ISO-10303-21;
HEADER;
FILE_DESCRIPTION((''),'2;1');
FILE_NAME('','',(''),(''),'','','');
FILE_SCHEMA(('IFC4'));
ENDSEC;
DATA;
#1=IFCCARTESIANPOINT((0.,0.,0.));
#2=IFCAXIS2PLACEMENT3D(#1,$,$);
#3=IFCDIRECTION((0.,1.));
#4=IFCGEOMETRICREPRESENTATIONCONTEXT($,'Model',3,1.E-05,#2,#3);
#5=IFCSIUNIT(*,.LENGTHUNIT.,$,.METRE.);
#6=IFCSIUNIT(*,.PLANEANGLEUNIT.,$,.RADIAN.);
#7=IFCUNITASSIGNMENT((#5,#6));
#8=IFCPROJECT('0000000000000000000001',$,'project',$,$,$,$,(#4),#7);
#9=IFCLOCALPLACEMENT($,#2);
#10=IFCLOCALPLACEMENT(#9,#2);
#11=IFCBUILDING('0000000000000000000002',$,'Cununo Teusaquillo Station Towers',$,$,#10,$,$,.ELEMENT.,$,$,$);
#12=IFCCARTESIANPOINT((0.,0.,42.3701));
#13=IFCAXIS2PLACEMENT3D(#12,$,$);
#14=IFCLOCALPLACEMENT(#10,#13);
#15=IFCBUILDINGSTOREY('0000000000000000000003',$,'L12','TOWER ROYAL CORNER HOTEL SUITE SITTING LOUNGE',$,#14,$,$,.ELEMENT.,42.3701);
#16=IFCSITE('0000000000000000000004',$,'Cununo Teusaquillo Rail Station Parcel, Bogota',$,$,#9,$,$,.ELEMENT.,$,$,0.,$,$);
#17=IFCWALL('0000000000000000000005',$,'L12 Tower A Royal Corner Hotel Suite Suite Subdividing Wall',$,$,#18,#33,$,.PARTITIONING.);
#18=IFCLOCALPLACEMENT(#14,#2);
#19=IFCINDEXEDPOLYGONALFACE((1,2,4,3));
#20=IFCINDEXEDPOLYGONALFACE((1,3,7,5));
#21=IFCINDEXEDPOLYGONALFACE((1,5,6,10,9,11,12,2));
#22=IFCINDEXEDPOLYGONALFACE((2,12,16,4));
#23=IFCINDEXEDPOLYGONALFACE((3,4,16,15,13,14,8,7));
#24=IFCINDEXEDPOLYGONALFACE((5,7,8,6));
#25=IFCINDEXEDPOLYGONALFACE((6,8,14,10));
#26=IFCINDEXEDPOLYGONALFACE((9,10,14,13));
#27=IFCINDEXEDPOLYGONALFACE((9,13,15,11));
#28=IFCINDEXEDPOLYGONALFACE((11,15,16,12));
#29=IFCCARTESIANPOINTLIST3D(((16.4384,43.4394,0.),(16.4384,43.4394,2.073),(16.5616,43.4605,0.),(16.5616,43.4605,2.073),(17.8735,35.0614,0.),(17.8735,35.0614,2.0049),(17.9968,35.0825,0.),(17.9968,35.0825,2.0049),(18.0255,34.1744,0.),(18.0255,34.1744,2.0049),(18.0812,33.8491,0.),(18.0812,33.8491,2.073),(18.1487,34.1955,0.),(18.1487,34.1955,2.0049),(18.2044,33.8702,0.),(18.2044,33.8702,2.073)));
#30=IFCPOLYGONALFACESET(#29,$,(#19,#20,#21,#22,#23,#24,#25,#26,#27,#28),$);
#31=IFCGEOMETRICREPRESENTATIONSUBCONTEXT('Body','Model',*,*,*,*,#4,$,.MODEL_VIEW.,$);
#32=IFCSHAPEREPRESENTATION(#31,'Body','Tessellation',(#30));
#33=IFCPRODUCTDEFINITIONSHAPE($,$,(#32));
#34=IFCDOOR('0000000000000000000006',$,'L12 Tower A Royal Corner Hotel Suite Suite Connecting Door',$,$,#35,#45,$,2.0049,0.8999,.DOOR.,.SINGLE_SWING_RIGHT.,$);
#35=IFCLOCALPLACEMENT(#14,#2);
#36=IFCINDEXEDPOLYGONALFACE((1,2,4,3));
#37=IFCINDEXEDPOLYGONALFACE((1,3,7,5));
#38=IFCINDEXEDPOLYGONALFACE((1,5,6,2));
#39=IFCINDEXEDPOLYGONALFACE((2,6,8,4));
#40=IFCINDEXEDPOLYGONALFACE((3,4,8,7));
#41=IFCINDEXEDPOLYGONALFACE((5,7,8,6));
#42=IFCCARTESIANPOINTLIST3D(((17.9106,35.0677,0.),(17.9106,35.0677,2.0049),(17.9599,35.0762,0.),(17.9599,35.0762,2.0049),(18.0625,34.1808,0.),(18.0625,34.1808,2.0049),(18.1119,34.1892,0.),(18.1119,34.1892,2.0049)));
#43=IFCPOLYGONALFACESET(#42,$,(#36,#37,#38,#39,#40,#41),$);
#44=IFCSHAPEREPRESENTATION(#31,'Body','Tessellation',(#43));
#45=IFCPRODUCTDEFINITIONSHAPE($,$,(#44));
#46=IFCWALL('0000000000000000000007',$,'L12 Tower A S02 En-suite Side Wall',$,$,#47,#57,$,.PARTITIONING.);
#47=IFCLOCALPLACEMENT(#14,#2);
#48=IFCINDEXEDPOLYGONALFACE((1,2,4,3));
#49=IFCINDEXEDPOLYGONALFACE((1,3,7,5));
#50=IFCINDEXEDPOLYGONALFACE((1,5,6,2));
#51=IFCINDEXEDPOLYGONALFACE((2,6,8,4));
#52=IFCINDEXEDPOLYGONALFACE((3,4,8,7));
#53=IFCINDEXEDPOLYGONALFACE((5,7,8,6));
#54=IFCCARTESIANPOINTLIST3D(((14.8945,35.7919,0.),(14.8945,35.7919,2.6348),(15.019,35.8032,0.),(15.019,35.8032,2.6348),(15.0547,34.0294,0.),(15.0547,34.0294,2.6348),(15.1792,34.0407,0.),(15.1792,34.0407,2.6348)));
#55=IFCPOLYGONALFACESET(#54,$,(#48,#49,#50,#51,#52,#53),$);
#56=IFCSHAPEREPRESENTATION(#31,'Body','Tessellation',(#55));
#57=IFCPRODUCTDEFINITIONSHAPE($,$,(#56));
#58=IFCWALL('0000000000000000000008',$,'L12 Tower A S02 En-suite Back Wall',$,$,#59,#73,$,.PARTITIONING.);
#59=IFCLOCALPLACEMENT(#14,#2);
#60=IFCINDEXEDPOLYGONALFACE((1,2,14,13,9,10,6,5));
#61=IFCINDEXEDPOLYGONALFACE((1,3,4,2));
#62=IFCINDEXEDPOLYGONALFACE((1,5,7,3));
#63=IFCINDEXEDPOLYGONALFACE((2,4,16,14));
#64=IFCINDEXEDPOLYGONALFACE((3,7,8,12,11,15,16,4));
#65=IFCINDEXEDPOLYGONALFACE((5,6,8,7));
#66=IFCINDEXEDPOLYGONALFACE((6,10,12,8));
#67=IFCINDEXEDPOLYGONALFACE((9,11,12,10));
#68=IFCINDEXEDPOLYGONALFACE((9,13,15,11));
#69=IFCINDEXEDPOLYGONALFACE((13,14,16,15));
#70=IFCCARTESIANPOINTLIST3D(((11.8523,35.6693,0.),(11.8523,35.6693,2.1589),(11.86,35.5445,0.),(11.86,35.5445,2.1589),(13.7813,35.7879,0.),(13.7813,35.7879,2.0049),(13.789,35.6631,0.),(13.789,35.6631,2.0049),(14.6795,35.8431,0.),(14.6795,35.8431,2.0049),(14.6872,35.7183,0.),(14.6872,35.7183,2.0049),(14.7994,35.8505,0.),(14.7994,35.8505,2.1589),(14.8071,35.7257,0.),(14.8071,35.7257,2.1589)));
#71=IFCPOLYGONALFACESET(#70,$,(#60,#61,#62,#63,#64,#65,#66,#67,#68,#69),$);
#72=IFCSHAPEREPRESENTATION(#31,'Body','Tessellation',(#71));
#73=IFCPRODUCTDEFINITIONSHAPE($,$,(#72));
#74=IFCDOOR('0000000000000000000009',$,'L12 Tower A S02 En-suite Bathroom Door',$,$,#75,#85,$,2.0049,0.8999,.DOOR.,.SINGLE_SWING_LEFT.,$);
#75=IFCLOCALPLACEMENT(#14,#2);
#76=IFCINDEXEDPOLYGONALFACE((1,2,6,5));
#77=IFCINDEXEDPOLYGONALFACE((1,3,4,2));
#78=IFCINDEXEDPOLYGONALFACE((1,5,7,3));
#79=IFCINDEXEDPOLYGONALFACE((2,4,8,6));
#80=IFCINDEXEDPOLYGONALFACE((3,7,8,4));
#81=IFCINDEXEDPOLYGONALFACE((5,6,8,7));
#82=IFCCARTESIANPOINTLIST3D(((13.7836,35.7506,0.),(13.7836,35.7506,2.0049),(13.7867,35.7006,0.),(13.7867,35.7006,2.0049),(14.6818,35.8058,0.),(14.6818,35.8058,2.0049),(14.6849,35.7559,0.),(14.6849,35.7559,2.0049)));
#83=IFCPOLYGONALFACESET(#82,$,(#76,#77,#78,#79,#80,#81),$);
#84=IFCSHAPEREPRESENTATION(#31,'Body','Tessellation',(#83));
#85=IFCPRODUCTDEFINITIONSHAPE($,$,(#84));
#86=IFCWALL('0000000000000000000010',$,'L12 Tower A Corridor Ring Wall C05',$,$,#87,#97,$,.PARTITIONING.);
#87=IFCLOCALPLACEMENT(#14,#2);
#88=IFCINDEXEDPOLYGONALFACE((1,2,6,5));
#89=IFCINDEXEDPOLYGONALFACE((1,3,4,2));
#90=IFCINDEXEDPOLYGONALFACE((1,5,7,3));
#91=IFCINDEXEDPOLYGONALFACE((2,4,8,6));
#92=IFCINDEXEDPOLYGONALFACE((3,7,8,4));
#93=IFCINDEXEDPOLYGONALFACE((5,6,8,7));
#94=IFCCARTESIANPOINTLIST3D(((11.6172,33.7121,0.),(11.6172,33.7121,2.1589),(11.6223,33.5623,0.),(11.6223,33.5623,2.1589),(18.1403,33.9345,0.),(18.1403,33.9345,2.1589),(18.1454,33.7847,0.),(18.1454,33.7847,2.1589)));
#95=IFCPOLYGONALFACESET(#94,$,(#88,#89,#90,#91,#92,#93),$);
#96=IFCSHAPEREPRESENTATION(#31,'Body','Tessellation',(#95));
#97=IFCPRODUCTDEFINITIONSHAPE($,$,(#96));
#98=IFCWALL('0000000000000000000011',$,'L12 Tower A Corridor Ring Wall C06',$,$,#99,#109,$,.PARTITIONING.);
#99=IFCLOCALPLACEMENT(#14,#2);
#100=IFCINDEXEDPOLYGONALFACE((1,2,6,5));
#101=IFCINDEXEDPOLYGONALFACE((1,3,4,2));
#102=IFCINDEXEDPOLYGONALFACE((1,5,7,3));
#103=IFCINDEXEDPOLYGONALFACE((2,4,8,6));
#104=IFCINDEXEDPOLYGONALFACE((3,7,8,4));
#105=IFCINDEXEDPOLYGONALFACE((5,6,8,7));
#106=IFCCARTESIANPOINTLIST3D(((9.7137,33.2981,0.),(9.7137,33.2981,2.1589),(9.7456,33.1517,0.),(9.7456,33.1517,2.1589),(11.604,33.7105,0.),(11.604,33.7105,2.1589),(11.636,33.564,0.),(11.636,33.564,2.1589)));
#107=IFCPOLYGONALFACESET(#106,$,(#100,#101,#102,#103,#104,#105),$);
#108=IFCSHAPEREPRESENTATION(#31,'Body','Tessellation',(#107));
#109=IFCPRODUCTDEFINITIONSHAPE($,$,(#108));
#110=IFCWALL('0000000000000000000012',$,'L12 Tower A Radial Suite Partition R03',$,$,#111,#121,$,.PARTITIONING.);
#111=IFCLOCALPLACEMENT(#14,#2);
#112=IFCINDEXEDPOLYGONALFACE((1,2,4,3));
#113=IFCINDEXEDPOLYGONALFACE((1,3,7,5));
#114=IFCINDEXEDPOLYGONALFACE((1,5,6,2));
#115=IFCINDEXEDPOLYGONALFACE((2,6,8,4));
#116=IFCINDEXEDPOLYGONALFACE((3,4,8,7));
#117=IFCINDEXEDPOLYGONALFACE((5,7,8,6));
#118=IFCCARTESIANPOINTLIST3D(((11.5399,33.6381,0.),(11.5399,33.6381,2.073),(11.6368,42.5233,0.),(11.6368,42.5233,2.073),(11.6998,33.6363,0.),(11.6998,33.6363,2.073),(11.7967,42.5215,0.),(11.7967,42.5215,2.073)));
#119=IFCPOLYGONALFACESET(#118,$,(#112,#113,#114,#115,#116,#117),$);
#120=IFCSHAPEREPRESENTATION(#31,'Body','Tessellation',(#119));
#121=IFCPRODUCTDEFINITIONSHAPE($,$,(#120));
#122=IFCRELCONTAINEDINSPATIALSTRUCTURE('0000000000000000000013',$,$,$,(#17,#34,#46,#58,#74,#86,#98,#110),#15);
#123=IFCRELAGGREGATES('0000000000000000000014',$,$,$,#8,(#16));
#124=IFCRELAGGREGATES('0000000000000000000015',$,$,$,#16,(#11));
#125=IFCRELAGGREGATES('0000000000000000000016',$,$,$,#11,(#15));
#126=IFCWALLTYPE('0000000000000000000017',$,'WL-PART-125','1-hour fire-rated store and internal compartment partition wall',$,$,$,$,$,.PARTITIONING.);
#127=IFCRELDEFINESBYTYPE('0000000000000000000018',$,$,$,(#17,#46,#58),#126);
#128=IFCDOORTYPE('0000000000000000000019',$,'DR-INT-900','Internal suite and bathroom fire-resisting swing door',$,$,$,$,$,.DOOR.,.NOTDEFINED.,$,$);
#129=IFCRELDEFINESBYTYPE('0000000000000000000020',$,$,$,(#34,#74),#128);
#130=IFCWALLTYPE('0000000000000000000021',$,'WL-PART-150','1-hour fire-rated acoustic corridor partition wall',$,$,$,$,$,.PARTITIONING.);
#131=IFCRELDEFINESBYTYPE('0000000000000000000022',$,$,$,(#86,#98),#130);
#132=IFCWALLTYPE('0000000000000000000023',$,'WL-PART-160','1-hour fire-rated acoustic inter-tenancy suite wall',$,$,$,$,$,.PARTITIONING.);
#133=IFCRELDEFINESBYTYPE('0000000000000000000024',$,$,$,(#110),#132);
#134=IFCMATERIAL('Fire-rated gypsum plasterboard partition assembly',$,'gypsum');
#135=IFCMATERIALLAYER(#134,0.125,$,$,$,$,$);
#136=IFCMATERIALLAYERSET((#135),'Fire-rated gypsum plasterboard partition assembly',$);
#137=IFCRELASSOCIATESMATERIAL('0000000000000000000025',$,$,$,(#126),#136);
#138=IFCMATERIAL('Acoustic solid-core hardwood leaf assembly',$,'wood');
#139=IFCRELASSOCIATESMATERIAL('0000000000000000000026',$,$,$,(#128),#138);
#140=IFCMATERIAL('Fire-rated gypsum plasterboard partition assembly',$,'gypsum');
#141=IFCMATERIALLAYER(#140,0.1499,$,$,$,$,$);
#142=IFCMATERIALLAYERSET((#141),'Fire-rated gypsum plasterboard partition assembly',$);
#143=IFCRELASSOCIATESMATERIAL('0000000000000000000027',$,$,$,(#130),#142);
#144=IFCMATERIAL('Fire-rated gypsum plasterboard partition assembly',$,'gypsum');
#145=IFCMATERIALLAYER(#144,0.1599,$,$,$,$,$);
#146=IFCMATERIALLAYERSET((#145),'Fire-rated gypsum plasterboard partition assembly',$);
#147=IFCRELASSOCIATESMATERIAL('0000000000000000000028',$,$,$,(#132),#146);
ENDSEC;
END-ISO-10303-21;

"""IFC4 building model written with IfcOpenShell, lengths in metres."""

from ifc_helpers import new_model, si_unit, direction, frame, frame_2d, origin, place, context, subcontext, project, spatial, rectangle, extrude, source, transform, mapped, material, layer, layer_set, type_object, element, fill, save


model = new_model("IFC4")

# Units and contexts
model_context = context("Model", 3, precision=1e-05, world=origin(), true_north=direction((0.0, 1.0)))
body_context = subcontext(model_context, "Body", "Model", "MODEL_VIEW")
ifc_project = project(units=[si_unit("LENGTHUNIT", "METRE"), si_unit("PLANEANGLEUNIT", "RADIAN")], contexts=[model_context])

# Site, building, storey
site_placement = place(None, origin())
site = spatial("IfcSite", under=ifc_project, at=site_placement, Name="Cununo Teusaquillo Rail Station Parcel, Bogota", CompositionType="ELEMENT", RefElevation=0.0)
building_placement = place(site_placement, origin())
building = spatial("IfcBuilding", under=site, at=building_placement, Name="Cununo Teusaquillo Station Towers", CompositionType="ELEMENT")
storey_placement = place(building_placement, frame((0.0, 0.0, 42.3701)))
storey = spatial("IfcBuildingStorey", under=building, at=storey_placement, Name="L12", Description="TOWER ROYAL CORNER HOTEL SUITE SITTING LOUNGE", CompositionType="ELEMENT", Elevation=42.3701)

# Wall, opening, door
ifc_material_1 = material(Name="Fire-rated gypsum plasterboard partition assembly", Category="gypsum")
ifc_layer_1 = layer(ifc_material_1, 0.125)
ifc_layer_set_1 = layer_set([ifc_layer_1], Name="Fire-rated gypsum plasterboard partition assembly")
wall_type_1 = type_object("IfcWallType", Name="WL-PART-125", Description="1-hour fire-rated store and internal compartment partition wall", PredefinedType="PARTITIONING", material=ifc_layer_set_1)
wall_1_placement = place(storey_placement, frame((18.1428, 33.8596, 0.0), z_axis=(0.0, 0.0, 1.0), x_axis=(-0.168841, 0.985643, 0.0)))
wall_1 = element("IfcWall", 1, at=wall_1_placement, inside=storey, type_object=wall_type_1, Name="L12 Tower A Royal Corner Hotel Suite Suite Subdividing Wall", PredefinedType="PARTITIONING", context=body_context, shape_type="SweptSolid", body=[
    extrude(rectangle(XDim=9.73, YDim=0.125, at=frame_2d((4.865, 0.0))), origin(), (0.0, 0.0, 1.0), 2.073),
])
shared_shape_1 = source(origin(), body_context, "Body", "SweptSolid", [
    extrude(rectangle(XDim=0.8999, YDim=2.0049, at=frame_2d((0.45, 1.0024))), frame((0.0, 0.0725, 0.0), z_axis=(0.0, -1.0, 0.0), x_axis=(1.0, 0.0, 0.0)), (0.0, 0.0, 1.0), 0.145),
])
opening_1_placement = place(wall_1_placement, frame((0.3301, 0.0, 0.0)))
opening_1 = element("IfcOpeningElement", 2, at=opening_1_placement, cuts=wall_1, PredefinedType="OPENING", context=body_context, shape_type="MappedRepresentation", body=[
    mapped(shared_shape_1, transform((0.0, 0.0, 0.0), x_axis=(1.0, 0.0, 0.0), y_axis=(0.0, 1.0, 0.0), z_axis=(0.0, 0.0, 1.0), scale=1.0)),
])
ifc_material_2 = material(Name="Acoustic solid-core hardwood leaf assembly", Category="wood")
door_type_1 = type_object("IfcDoorType", Name="DR-INT-900", Description="Internal suite and bathroom fire-resisting swing door", OperationType="NOTDEFINED", PredefinedType="DOOR", material=ifc_material_2)
shared_shape_2 = source(origin(), body_context, "Body", "SweptSolid", [
    extrude(rectangle(XDim=0.8999, YDim=2.0049, at=frame_2d((0.45, 1.0024))), frame((0.0, 0.0249, 0.0), z_axis=(0.0, -1.0, 0.0), x_axis=(1.0, 0.0, 0.0)), (0.0, 0.0, 1.0), 0.05),
])
door_1_placement = place(opening_1_placement, origin())
door_1 = element("IfcDoor", 3, at=door_1_placement, inside=storey, type_object=door_type_1, Name="L12 Tower A Royal Corner Hotel Suite Suite Connecting Door", OperationType="SINGLE_SWING_RIGHT", OverallHeight=2.0049, OverallWidth=0.8999, PredefinedType="DOOR", context=body_context, shape_type="MappedRepresentation", body=[
    mapped(shared_shape_2, transform((0.0, 0.0, 0.0), x_axis=(1.0, 0.0, 0.0), y_axis=(0.0, 1.0, 0.0), z_axis=(0.0, 0.0, 1.0), scale=1.0)),
])
fill(opening_1, door_1)

# Wall
wall_2_placement = place(storey_placement, frame((15.1169, 34.0352, 0.0), z_axis=(0.0, 0.0, 1.0), x_axis=(-0.090498, 0.995897, 0.0)))
element("IfcWall", 4, at=wall_2_placement, inside=storey, type_object=wall_type_1, Name="L12 Tower A S02 En-suite Side Wall", PredefinedType="PARTITIONING", context=body_context, shape_type="SweptSolid", body=[
    extrude(rectangle(XDim=1.7698, YDim=0.125, at=frame_2d((0.8848, 0.0))), origin(), (0.0, 0.0, 1.0), 2.6348),
])

# Wall, opening, door
wall_3_placement = place(storey_placement, frame((14.8032, 35.7881, 0.0), z_axis=(0.0, 0.0, 1.0), x_axis=(-0.998116, -0.061354, 0.0)))
wall_3 = element("IfcWall", 5, at=wall_3_placement, inside=storey, type_object=wall_type_1, Name="L12 Tower A S02 En-suite Back Wall", PredefinedType="PARTITIONING", context=body_context, shape_type="SweptSolid", body=[
    extrude(rectangle(XDim=2.9526, YDim=0.125, at=frame_2d((1.4763, 0.0))), origin(), (0.0, 0.0, 1.0), 2.1589),
])
opening_2_placement = place(wall_3_placement, frame((0.1201, 0.0, 0.0)))
opening_2 = element("IfcOpeningElement", 6, at=opening_2_placement, cuts=wall_3, PredefinedType="OPENING", context=body_context, shape_type="MappedRepresentation", body=[
    mapped(shared_shape_1, transform((0.0, 0.0, 0.0), x_axis=(1.0, 0.0, 0.0), y_axis=(0.0, 1.0, 0.0), z_axis=(0.0, 0.0, 1.0), scale=1.0)),
])
door_2_placement = place(opening_2_placement, origin())
door_2 = element("IfcDoor", 7, at=door_2_placement, inside=storey, type_object=door_type_1, Name="L12 Tower A S02 En-suite Bathroom Door", OperationType="SINGLE_SWING_LEFT", OverallHeight=2.0049, OverallWidth=0.8999, PredefinedType="DOOR", context=body_context, shape_type="MappedRepresentation", body=[
    mapped(shared_shape_2, transform((0.0, 0.0, 0.0), x_axis=(1.0, 0.0, 0.0), y_axis=(0.0, 1.0, 0.0), z_axis=(0.0, 0.0, 1.0), scale=1.0)),
])
fill(opening_2, door_2)

# Walls
ifc_material_3 = material(Name="Fire-rated gypsum plasterboard partition assembly", Category="gypsum")
ifc_layer_2 = layer(ifc_material_3, 0.1499)
ifc_layer_set_2 = layer_set([ifc_layer_2], Name="Fire-rated gypsum plasterboard partition assembly")
wall_type_2 = type_object("IfcWallType", Name="WL-PART-150", Description="1-hour fire-rated acoustic corridor partition wall", PredefinedType="PARTITIONING", material=ifc_layer_set_2)
wall_4_placement = place(storey_placement, frame((18.1428, 33.8596, 0.0), z_axis=(0.0, 0.0, 1.0), x_axis=(-0.999419, -0.034077, 0.0)))
element("IfcWall", 8, at=wall_4_placement, inside=storey, type_object=wall_type_2, Name="L12 Tower A Corridor Ring Wall C05", PredefinedType="PARTITIONING", context=body_context, shape_type="SweptSolid", body=[
    extrude(rectangle(XDim=6.5269, YDim=0.1499, at=frame_2d((3.2634, 0.0))), origin(), (0.0, 0.0, 1.0), 2.1589),
])
wall_5_placement = place(storey_placement, frame((11.6199, 33.6372, 0.0), z_axis=(0.0, 0.0, 1.0), x_axis=(-0.977026, -0.213121, 0.0)))
element("IfcWall", 9, at=wall_5_placement, inside=storey, type_object=wall_type_2, Name="L12 Tower A Corridor Ring Wall C06", PredefinedType="PARTITIONING", context=body_context, shape_type="SweptSolid", body=[
    extrude(rectangle(XDim=1.9348, YDim=0.1499, at=frame_2d((0.9673, 0.0))), origin(), (0.0, 0.0, 1.0), 2.1589),
])
ifc_material_4 = material(Name="Fire-rated gypsum plasterboard partition assembly", Category="gypsum")
ifc_layer_3 = layer(ifc_material_4, 0.1599)
ifc_layer_set_3 = layer_set([ifc_layer_3], Name="Fire-rated gypsum plasterboard partition assembly")
wall_type_3 = type_object("IfcWallType", Name="WL-PART-160", Description="1-hour fire-rated acoustic inter-tenancy suite wall", PredefinedType="PARTITIONING", material=ifc_layer_set_3)
wall_6_placement = place(storey_placement, frame((11.6199, 33.6372, 0.0), z_axis=(0.0, 0.0, 1.0), x_axis=(0.010908, 0.999941, 0.0)))
element("IfcWall", 10, at=wall_6_placement, inside=storey, type_object=wall_type_3, Name="L12 Tower A Radial Suite Partition R03", PredefinedType="PARTITIONING", context=body_context, shape_type="SweptSolid", body=[
    extrude(rectangle(XDim=8.8857, YDim=0.1599, at=frame_2d((4.4429, 0.0))), origin(), (0.0, 0.0, 1.0), 2.073),
])

save(model, "model.ifc")
